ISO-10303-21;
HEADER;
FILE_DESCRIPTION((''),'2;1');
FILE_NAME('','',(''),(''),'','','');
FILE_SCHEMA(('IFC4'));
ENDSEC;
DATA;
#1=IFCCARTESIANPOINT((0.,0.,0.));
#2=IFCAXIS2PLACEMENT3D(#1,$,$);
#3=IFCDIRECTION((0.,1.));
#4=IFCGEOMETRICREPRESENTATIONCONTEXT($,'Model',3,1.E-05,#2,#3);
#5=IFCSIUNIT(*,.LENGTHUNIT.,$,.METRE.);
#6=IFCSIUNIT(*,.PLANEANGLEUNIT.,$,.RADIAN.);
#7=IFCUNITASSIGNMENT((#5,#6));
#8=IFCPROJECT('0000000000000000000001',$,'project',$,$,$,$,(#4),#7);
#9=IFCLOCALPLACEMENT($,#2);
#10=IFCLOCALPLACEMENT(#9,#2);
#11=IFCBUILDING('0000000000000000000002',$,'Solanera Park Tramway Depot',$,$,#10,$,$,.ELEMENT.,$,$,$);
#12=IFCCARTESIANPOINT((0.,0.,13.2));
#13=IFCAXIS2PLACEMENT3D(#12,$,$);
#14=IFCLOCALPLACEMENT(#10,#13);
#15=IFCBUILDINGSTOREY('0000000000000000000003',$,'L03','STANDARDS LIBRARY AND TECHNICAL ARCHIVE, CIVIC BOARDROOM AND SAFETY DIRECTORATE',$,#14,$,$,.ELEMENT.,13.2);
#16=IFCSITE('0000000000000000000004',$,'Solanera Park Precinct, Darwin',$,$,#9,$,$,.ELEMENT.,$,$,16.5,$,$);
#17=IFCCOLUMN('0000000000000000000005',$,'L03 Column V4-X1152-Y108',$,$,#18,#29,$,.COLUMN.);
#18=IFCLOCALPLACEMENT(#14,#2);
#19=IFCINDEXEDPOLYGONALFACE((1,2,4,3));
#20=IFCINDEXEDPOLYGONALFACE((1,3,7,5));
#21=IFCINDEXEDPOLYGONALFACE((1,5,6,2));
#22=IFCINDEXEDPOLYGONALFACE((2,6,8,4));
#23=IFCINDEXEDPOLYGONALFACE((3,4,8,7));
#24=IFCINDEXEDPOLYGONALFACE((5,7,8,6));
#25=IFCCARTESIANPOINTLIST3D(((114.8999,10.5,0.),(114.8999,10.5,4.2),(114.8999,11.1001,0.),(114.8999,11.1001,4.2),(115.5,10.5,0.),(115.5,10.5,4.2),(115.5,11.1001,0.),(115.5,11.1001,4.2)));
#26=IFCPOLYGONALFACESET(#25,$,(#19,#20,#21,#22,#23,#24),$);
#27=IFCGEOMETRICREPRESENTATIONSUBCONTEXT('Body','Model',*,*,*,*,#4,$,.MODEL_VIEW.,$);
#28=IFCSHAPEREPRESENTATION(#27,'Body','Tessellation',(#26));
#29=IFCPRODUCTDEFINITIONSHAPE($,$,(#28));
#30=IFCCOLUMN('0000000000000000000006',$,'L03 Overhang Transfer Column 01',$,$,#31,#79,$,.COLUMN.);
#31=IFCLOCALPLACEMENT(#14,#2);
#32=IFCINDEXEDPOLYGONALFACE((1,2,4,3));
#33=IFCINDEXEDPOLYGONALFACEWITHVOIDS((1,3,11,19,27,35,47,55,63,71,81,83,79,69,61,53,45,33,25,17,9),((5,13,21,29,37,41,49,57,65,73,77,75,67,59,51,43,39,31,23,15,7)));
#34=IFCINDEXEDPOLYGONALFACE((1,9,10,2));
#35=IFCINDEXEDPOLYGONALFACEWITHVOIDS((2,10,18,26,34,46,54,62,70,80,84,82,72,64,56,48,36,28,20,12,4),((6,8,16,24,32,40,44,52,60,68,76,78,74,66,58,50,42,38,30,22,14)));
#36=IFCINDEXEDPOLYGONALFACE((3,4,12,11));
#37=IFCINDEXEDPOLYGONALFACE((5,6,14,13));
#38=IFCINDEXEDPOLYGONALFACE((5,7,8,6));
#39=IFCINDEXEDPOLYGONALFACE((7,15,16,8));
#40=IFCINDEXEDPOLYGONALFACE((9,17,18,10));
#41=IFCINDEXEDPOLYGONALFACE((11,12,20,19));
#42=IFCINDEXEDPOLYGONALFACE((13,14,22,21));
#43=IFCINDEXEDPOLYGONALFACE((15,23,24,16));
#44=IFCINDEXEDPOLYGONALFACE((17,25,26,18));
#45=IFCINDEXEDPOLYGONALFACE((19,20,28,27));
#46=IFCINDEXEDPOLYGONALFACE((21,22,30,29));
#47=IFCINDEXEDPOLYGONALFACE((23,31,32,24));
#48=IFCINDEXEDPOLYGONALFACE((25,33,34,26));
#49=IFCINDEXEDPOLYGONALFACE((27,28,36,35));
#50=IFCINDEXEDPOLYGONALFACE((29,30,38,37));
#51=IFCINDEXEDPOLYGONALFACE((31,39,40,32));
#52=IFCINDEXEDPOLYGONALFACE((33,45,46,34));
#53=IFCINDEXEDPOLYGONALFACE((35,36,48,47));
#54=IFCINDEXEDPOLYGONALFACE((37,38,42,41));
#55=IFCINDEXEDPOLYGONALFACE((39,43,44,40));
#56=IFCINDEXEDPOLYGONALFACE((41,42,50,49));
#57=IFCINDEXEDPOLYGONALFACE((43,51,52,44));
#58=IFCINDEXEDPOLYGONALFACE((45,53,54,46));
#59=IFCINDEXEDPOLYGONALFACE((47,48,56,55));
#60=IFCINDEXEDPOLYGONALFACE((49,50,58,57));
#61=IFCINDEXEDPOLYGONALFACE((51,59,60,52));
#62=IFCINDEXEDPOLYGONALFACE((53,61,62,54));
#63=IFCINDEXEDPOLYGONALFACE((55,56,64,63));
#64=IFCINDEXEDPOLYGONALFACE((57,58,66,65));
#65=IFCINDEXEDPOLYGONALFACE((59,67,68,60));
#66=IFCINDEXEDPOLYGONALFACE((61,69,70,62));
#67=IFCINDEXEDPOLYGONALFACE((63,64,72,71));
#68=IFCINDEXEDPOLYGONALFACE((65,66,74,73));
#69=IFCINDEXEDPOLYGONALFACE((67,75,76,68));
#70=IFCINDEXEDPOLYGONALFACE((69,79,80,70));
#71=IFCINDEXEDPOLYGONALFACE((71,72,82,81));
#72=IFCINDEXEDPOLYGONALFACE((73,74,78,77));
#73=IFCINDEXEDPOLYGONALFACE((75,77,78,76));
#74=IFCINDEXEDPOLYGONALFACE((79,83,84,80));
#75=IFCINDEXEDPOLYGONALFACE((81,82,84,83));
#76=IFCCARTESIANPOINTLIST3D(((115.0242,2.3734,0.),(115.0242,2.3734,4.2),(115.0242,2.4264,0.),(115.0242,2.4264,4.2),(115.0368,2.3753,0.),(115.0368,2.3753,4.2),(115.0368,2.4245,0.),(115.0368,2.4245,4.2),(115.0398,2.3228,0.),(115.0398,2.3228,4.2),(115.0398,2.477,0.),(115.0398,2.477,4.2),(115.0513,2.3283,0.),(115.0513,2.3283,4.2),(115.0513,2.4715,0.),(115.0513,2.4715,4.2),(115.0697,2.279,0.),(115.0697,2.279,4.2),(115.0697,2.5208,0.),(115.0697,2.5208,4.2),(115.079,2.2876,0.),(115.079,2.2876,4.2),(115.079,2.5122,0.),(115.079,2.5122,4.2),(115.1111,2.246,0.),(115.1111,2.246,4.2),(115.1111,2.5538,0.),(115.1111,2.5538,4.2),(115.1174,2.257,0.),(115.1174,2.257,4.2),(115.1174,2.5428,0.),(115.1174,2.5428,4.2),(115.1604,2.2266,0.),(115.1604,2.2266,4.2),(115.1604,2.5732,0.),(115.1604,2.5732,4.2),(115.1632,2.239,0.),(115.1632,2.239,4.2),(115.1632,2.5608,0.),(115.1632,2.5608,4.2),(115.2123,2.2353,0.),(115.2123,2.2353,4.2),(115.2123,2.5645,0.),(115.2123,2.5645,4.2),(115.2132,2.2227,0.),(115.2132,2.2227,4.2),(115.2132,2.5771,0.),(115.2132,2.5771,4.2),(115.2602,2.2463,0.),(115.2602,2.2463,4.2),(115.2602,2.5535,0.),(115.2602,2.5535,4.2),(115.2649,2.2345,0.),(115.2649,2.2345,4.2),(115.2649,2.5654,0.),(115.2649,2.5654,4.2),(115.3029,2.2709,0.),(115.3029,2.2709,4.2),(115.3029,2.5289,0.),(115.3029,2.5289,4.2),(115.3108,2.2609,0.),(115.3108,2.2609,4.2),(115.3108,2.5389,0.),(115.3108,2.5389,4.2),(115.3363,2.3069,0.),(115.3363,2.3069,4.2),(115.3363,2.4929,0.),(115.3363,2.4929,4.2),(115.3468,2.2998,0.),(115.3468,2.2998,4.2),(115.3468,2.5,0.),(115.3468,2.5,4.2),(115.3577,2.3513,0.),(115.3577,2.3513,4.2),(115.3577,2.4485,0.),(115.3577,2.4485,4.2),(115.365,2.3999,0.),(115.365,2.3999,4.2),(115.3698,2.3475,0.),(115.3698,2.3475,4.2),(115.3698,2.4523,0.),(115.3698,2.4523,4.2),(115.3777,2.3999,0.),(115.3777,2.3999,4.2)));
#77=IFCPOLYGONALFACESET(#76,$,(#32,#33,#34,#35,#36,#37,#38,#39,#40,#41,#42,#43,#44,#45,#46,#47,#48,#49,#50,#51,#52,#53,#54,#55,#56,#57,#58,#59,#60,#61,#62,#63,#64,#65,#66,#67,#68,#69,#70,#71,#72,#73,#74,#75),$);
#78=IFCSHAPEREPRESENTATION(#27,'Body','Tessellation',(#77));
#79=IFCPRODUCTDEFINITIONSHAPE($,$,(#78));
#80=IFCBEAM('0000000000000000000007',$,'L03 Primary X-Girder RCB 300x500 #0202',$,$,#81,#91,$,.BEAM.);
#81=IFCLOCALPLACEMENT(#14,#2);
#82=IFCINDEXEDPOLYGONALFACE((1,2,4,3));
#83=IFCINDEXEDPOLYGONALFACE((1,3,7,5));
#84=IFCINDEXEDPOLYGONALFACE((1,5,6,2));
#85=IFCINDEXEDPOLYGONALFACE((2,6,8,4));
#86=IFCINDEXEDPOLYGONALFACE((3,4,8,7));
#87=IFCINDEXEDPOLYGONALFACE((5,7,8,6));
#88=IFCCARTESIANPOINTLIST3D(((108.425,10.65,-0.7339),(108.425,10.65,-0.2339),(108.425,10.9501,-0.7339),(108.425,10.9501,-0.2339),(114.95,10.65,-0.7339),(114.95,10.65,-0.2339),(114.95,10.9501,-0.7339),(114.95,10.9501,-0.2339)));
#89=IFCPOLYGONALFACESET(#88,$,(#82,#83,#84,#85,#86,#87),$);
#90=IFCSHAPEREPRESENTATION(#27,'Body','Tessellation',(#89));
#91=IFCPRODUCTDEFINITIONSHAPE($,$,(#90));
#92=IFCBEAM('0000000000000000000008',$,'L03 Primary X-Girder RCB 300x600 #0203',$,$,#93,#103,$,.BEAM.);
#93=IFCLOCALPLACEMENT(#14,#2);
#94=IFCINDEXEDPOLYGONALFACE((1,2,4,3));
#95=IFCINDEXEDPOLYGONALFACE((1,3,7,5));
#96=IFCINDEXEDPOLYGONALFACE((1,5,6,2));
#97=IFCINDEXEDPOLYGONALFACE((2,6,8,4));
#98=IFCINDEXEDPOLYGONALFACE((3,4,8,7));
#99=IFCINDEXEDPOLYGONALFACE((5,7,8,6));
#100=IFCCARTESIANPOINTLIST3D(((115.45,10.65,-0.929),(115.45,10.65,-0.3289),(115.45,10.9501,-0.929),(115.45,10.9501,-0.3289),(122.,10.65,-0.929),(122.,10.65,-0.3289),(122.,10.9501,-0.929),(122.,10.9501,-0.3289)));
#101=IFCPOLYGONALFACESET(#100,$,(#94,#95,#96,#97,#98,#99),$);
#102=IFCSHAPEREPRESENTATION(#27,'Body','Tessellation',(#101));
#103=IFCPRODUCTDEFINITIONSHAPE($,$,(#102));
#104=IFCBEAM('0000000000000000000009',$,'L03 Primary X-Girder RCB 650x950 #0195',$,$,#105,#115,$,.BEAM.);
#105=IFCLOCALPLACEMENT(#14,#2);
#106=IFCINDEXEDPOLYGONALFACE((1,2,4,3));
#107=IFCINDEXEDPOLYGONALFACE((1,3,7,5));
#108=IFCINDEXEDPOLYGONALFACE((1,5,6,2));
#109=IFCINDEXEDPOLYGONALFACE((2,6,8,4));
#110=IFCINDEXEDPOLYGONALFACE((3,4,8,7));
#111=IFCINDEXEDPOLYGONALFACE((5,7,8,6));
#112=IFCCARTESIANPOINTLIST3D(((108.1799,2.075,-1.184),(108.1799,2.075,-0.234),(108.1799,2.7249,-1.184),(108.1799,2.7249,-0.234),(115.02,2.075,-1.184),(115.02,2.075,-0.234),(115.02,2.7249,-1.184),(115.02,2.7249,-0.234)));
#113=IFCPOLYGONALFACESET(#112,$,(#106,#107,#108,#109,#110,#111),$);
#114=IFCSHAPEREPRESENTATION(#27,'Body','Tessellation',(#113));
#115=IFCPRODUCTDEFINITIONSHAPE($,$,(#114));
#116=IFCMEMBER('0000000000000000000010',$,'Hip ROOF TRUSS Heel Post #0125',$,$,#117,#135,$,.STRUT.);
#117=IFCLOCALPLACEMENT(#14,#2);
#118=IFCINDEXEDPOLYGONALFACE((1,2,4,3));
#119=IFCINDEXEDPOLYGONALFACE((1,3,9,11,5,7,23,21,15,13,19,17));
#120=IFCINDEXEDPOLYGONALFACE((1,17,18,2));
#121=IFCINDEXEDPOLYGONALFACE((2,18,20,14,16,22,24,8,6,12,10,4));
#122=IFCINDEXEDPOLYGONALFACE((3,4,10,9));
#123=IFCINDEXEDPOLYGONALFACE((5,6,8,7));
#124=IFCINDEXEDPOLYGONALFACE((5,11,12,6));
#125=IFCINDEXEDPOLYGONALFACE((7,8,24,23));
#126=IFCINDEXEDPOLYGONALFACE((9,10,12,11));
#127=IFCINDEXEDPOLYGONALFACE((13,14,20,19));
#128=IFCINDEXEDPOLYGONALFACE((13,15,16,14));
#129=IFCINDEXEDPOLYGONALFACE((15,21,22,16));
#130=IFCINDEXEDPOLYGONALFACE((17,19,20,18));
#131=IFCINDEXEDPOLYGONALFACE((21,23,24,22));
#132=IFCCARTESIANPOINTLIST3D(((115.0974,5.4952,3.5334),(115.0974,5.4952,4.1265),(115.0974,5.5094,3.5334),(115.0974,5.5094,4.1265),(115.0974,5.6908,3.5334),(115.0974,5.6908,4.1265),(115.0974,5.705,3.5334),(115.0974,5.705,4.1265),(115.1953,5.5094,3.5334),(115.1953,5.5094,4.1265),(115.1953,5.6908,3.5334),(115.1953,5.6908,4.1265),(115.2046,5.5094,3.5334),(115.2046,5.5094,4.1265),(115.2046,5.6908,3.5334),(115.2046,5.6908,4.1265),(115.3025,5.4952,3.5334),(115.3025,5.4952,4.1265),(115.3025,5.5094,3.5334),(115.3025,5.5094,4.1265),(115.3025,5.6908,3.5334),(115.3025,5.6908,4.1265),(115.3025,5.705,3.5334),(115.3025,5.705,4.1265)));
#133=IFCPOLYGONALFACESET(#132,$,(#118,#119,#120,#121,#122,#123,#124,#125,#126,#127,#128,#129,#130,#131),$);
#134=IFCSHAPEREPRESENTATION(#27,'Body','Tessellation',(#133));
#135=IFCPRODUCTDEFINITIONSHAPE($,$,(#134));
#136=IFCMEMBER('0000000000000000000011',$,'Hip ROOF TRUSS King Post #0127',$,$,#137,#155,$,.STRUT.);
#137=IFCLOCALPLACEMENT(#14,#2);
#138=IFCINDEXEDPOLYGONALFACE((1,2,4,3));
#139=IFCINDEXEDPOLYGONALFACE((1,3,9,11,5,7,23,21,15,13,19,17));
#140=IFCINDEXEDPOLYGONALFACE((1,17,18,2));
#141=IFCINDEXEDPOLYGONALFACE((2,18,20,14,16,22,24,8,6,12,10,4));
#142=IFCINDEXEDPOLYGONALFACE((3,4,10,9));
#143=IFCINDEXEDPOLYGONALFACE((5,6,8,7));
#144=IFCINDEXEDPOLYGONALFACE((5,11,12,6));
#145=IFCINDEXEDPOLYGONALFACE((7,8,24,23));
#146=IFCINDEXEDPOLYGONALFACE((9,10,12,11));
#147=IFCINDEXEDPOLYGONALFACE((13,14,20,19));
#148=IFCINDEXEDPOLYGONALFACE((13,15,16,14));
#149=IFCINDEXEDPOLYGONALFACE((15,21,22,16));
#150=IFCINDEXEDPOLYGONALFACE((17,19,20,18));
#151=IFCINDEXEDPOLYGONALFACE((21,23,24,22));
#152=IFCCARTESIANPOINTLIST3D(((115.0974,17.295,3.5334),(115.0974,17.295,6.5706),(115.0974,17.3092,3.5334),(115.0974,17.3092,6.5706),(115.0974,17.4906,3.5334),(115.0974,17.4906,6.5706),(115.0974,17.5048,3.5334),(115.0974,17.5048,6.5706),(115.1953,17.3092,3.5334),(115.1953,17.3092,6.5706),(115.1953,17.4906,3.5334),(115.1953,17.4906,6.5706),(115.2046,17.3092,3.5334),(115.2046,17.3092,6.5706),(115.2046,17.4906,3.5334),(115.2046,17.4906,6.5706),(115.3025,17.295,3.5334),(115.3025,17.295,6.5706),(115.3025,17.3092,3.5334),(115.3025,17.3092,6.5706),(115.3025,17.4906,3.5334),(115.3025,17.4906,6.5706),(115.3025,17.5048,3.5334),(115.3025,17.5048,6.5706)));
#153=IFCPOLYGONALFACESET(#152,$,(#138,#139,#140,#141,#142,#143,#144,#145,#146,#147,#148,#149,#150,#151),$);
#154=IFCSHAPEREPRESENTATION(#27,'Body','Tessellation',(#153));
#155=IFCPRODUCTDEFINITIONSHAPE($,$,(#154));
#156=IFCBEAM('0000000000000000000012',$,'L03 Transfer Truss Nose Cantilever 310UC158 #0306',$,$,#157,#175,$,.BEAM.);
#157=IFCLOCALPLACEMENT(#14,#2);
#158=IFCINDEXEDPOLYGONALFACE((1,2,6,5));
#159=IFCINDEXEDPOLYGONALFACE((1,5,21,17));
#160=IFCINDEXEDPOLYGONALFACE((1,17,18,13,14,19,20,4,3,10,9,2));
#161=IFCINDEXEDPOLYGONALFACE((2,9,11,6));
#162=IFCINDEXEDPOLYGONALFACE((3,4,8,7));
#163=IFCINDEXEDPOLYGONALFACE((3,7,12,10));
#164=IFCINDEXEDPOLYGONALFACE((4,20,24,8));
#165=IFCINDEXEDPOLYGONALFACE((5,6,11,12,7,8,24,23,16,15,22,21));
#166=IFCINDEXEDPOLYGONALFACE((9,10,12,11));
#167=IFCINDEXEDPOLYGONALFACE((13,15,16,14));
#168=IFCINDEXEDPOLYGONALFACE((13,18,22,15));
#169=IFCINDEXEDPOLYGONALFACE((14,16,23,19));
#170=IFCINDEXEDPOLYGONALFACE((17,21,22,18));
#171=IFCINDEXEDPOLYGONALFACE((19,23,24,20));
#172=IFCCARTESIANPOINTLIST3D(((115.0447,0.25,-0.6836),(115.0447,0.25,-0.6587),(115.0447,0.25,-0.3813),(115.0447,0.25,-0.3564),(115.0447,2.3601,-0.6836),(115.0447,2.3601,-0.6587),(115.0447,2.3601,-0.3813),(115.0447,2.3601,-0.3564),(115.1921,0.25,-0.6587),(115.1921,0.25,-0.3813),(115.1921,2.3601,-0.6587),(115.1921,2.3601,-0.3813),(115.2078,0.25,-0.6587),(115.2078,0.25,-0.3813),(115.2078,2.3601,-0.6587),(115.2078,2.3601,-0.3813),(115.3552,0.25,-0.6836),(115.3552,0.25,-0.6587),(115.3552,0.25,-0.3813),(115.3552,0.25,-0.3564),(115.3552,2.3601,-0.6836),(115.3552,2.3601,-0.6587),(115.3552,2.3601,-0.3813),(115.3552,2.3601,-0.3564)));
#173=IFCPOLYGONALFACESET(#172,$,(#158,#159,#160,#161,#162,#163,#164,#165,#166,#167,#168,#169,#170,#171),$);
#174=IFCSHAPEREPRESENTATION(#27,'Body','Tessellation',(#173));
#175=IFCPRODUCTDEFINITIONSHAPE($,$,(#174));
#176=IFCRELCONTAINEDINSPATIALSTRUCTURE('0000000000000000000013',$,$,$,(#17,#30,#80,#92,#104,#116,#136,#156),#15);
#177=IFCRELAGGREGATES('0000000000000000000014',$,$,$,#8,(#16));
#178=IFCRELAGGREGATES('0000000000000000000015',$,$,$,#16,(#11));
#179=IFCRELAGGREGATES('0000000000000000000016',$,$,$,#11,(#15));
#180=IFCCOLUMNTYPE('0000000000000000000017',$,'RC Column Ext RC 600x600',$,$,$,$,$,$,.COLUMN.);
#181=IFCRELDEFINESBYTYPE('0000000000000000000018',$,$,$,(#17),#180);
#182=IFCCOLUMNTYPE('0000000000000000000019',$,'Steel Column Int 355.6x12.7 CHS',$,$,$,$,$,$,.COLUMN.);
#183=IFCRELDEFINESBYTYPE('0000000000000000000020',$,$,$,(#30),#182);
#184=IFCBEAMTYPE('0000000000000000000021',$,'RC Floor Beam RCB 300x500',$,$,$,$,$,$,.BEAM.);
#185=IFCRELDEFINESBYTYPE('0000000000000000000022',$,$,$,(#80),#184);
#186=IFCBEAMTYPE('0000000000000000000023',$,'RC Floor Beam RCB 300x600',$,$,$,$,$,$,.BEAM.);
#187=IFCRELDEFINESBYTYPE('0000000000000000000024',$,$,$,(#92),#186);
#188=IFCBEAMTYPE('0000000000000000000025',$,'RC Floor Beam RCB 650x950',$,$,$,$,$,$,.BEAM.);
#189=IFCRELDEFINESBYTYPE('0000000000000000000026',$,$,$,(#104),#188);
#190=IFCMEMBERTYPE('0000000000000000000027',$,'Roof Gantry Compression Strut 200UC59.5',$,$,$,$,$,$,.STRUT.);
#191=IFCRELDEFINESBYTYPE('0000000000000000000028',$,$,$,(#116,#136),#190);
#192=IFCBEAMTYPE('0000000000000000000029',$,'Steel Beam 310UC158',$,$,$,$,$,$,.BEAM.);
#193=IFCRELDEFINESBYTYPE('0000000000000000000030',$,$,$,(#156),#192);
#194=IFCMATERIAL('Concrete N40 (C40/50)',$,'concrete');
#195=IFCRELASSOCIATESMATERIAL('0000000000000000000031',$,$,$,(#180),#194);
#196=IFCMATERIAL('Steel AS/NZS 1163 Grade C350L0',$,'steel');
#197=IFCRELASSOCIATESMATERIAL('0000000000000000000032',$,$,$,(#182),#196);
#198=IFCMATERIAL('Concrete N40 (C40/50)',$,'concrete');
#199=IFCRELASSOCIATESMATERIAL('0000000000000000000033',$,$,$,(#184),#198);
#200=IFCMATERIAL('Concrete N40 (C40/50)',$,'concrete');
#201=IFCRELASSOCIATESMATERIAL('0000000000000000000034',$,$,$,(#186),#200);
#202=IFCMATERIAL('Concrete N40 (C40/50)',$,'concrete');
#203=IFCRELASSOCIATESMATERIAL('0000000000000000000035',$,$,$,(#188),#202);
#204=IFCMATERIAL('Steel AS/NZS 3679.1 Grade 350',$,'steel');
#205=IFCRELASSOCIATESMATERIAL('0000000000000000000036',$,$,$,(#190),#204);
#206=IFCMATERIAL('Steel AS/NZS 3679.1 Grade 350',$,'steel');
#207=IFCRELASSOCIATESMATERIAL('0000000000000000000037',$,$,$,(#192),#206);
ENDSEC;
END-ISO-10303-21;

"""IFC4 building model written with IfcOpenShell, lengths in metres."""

from ifc_helpers import new_model, si_unit, direction, frame, origin, origin_2d, place, context, subcontext, project, spatial, rectangle, hollow_circle, i_section, extrude, material, material_profile, profile_set, type_object, element, save


model = new_model("IFC4")

# Units and contexts
model_context = context("Model", 3, precision=1e-05, world=origin(), true_north=direction((0.0, 1.0)))
body_context = subcontext(model_context, "Body", "Model", "MODEL_VIEW")
ifc_project = project(units=[si_unit("LENGTHUNIT", "METRE"), si_unit("PLANEANGLEUNIT", "RADIAN")], contexts=[model_context])

# Site, building, storey
site_placement = place(None, origin())
site = spatial("IfcSite", under=ifc_project, at=site_placement, Name="Solanera Park Precinct, Darwin", CompositionType="ELEMENT", RefElevation=16.5)
building_placement = place(site_placement, origin())
building = spatial("IfcBuilding", under=site, at=building_placement, Name="Solanera Park Tramway Depot", CompositionType="ELEMENT")
storey_placement = place(building_placement, frame((0.0, 0.0, 13.2)))
storey = spatial("IfcBuildingStorey", under=building, at=storey_placement, Name="L03", Description="STANDARDS LIBRARY AND TECHNICAL ARCHIVE, CIVIC BOARDROOM AND SAFETY DIRECTORATE", CompositionType="ELEMENT", Elevation=13.2)

# Columns
ifc_material_1 = material(Name="Concrete N40 (C40/50)", Category="concrete")
ifc_material_profile_1 = material_profile(ifc_material_1, rectangle(XDim=0.6001, YDim=0.6001, at=origin_2d()), Name="RC 600x600")
ifc_profile_set_1 = profile_set([ifc_material_profile_1], Name="Concrete N40 (C40/50)")
column_type_1 = type_object("IfcColumnType", Name="RC Column Ext RC 600x600", PredefinedType="COLUMN", material=ifc_profile_set_1)
column_1_placement = place(storey_placement, frame((115.2, 10.8, 0.0), z_axis=(0.0, 0.0, 1.0), x_axis=(1.0, 0.0, 0.0)))
element("IfcColumn", 1, at=column_1_placement, inside=storey, type_object=column_type_1, Name="L03 Column V4-X1152-Y108", PredefinedType="COLUMN", context=body_context, shape_type="SweptSolid", body=[
    extrude(rectangle(XDim=0.6001, YDim=0.6001, at=origin_2d()), origin(), (0.0, 0.0, 1.0), 4.2),
])
ifc_material_2 = material(Name="Steel AS/NZS 1163 Grade C350L0", Category="steel")
ifc_material_profile_2 = material_profile(ifc_material_2, hollow_circle(Radius=0.1777, WallThickness=0.0127, at=origin_2d()), Name="355.6x12.7 CHS")
ifc_profile_set_2 = profile_set([ifc_material_profile_2], Name="Steel AS/NZS 1163 Grade C350L0")
column_type_2 = type_object("IfcColumnType", Name="Steel Column Int 355.6x12.7 CHS", PredefinedType="COLUMN", material=ifc_profile_set_2)
column_2_placement = place(storey_placement, frame((115.2, 2.3999, 0.0), z_axis=(0.0, 0.0, 1.0), x_axis=(1.0, 0.0, 0.0)))
element("IfcColumn", 2, at=column_2_placement, inside=storey, type_object=column_type_2, Name="L03 Overhang Transfer Column 01", PredefinedType="COLUMN", context=body_context, shape_type="SweptSolid", body=[
    extrude(hollow_circle(Radius=0.1777, WallThickness=0.0127, at=origin_2d()), origin(), (0.0, 0.0, 1.0), 4.2),
])

# Beams
ifc_material_3 = material(Name="Concrete N40 (C40/50)", Category="concrete")
ifc_material_profile_3 = material_profile(ifc_material_3, rectangle(XDim=0.3, YDim=0.5, at=origin_2d()), Name="RCB 300x500")
ifc_profile_set_3 = profile_set([ifc_material_profile_3], Name="Concrete N40 (C40/50)")
beam_type_1 = type_object("IfcBeamType", Name="RC Floor Beam RCB 300x500", PredefinedType="BEAM", material=ifc_profile_set_3)
beam_1_placement = place(storey_placement, frame((108.425, 10.8, -0.4839), z_axis=(1.0, 0.0, 0.0), x_axis=(0.0, 1.0, 0.0)))
element("IfcBeam", 3, at=beam_1_placement, inside=storey, type_object=beam_type_1, Name="L03 Primary X-Girder RCB 300x500 #0202", PredefinedType="BEAM", context=body_context, shape_type="SweptSolid", body=[
    extrude(rectangle(XDim=0.3, YDim=0.5, at=origin_2d()), origin(), (0.0, 0.0, 1.0), 6.5249),
])
ifc_material_4 = material(Name="Concrete N40 (C40/50)", Category="concrete")
ifc_material_profile_4 = material_profile(ifc_material_4, rectangle(XDim=0.3, YDim=0.6001, at=origin_2d()), Name="RCB 300x600")
ifc_profile_set_4 = profile_set([ifc_material_profile_4], Name="Concrete N40 (C40/50)")
beam_type_2 = type_object("IfcBeamType", Name="RC Floor Beam RCB 300x600", PredefinedType="BEAM", material=ifc_profile_set_4)
beam_2_placement = place(storey_placement, frame((115.45, 10.8, -0.6289), z_axis=(1.0, 0.0, 0.0), x_axis=(0.0, 1.0, 0.0)))
element("IfcBeam", 4, at=beam_2_placement, inside=storey, type_object=beam_type_2, Name="L03 Primary X-Girder RCB 300x600 #0203", PredefinedType="BEAM", context=body_context, shape_type="SweptSolid", body=[
    extrude(rectangle(XDim=0.3, YDim=0.6001, at=origin_2d()), origin(), (0.0, 0.0, 1.0), 6.55),
])
ifc_material_5 = material(Name="Concrete N40 (C40/50)", Category="concrete")
ifc_material_profile_5 = material_profile(ifc_material_5, rectangle(XDim=0.6499, YDim=0.95, at=origin_2d()), Name="RCB 650x950")
ifc_profile_set_5 = profile_set([ifc_material_profile_5], Name="Concrete N40 (C40/50)")
beam_type_3 = type_object("IfcBeamType", Name="RC Floor Beam RCB 650x950", PredefinedType="BEAM", material=ifc_profile_set_5)
beam_3_placement = place(storey_placement, frame((108.1799, 2.3999, -0.709), z_axis=(1.0, 0.0, 0.0), x_axis=(0.0, 1.0, 0.0)))
element("IfcBeam", 5, at=beam_3_placement, inside=storey, type_object=beam_type_3, Name="L03 Primary X-Girder RCB 650x950 #0195", PredefinedType="BEAM", context=body_context, shape_type="SweptSolid", body=[
    extrude(rectangle(XDim=0.6499, YDim=0.95, at=origin_2d()), origin(), (0.0, 0.0, 1.0), 6.8401),
])

# Members
ifc_material_6 = material(Name="Steel AS/NZS 3679.1 Grade 350", Category="steel")
ifc_material_profile_6 = material_profile(ifc_material_6, i_section(OverallWidth=0.2051, OverallDepth=0.2097, WebThickness=0.0093, FlangeThickness=0.0142, at=origin_2d()), Name="200UC59.5")
ifc_profile_set_6 = profile_set([ifc_material_profile_6], Name="Steel AS/NZS 3679.1 Grade 350")
member_type_1 = type_object("IfcMemberType", Name="Roof Gantry Compression Strut 200UC59.5", PredefinedType="STRUT", material=ifc_profile_set_6)
member_1_placement = place(storey_placement, frame((115.2, 5.6001, 3.5334), z_axis=(0.0, 0.0, 1.0), x_axis=(1.0, 0.0, 0.0)))
element("IfcMember", 6, at=member_1_placement, inside=storey, type_object=member_type_1, Name="Hip ROOF TRUSS Heel Post #0125", PredefinedType="STRUT", context=body_context, shape_type="SweptSolid", body=[
    extrude(i_section(OverallWidth=0.2051, OverallDepth=0.2097, WebThickness=0.0093, FlangeThickness=0.0142, at=origin_2d()), origin(), (0.0, 0.0, 1.0), 0.593),
])
member_2_placement = place(storey_placement, frame((115.2, 17.3999, 3.5334), z_axis=(0.0, 0.0, 1.0), x_axis=(1.0, 0.0, 0.0)))
element("IfcMember", 7, at=member_2_placement, inside=storey, type_object=member_type_1, Name="Hip ROOF TRUSS King Post #0127", PredefinedType="STRUT", context=body_context, shape_type="SweptSolid", body=[
    extrude(i_section(OverallWidth=0.2051, OverallDepth=0.2097, WebThickness=0.0093, FlangeThickness=0.0142, at=origin_2d()), origin(), (0.0, 0.0, 1.0), 3.0371),
])

# Beam
ifc_material_7 = material(Name="Steel AS/NZS 3679.1 Grade 350", Category="steel")
ifc_material_profile_7 = material_profile(ifc_material_7, i_section(OverallWidth=0.3105, OverallDepth=0.3271, WebThickness=0.0156, FlangeThickness=0.0249, at=origin_2d()), Name="310UC158")
ifc_profile_set_7 = profile_set([ifc_material_profile_7], Name="Steel AS/NZS 3679.1 Grade 350")
beam_type_4 = type_object("IfcBeamType", Name="Steel Beam 310UC158", PredefinedType="BEAM", material=ifc_profile_set_7)
beam_4_placement = place(storey_placement, frame((115.2, 0.25, -0.52), z_axis=(0.0, 1.0, 0.0), x_axis=(-1.0, 0.0, 0.0)))
element("IfcBeam", 8, at=beam_4_placement, inside=storey, type_object=beam_type_4, Name="L03 Transfer Truss Nose Cantilever 310UC158 #0306", PredefinedType="BEAM", context=body_context, shape_type="SweptSolid", body=[
    extrude(i_section(OverallWidth=0.3105, OverallDepth=0.3271, WebThickness=0.0156, FlangeThickness=0.0249, at=origin_2d()), origin(), (0.0, 0.0, 1.0), 2.1101),
])

save(model, "model.ifc")
